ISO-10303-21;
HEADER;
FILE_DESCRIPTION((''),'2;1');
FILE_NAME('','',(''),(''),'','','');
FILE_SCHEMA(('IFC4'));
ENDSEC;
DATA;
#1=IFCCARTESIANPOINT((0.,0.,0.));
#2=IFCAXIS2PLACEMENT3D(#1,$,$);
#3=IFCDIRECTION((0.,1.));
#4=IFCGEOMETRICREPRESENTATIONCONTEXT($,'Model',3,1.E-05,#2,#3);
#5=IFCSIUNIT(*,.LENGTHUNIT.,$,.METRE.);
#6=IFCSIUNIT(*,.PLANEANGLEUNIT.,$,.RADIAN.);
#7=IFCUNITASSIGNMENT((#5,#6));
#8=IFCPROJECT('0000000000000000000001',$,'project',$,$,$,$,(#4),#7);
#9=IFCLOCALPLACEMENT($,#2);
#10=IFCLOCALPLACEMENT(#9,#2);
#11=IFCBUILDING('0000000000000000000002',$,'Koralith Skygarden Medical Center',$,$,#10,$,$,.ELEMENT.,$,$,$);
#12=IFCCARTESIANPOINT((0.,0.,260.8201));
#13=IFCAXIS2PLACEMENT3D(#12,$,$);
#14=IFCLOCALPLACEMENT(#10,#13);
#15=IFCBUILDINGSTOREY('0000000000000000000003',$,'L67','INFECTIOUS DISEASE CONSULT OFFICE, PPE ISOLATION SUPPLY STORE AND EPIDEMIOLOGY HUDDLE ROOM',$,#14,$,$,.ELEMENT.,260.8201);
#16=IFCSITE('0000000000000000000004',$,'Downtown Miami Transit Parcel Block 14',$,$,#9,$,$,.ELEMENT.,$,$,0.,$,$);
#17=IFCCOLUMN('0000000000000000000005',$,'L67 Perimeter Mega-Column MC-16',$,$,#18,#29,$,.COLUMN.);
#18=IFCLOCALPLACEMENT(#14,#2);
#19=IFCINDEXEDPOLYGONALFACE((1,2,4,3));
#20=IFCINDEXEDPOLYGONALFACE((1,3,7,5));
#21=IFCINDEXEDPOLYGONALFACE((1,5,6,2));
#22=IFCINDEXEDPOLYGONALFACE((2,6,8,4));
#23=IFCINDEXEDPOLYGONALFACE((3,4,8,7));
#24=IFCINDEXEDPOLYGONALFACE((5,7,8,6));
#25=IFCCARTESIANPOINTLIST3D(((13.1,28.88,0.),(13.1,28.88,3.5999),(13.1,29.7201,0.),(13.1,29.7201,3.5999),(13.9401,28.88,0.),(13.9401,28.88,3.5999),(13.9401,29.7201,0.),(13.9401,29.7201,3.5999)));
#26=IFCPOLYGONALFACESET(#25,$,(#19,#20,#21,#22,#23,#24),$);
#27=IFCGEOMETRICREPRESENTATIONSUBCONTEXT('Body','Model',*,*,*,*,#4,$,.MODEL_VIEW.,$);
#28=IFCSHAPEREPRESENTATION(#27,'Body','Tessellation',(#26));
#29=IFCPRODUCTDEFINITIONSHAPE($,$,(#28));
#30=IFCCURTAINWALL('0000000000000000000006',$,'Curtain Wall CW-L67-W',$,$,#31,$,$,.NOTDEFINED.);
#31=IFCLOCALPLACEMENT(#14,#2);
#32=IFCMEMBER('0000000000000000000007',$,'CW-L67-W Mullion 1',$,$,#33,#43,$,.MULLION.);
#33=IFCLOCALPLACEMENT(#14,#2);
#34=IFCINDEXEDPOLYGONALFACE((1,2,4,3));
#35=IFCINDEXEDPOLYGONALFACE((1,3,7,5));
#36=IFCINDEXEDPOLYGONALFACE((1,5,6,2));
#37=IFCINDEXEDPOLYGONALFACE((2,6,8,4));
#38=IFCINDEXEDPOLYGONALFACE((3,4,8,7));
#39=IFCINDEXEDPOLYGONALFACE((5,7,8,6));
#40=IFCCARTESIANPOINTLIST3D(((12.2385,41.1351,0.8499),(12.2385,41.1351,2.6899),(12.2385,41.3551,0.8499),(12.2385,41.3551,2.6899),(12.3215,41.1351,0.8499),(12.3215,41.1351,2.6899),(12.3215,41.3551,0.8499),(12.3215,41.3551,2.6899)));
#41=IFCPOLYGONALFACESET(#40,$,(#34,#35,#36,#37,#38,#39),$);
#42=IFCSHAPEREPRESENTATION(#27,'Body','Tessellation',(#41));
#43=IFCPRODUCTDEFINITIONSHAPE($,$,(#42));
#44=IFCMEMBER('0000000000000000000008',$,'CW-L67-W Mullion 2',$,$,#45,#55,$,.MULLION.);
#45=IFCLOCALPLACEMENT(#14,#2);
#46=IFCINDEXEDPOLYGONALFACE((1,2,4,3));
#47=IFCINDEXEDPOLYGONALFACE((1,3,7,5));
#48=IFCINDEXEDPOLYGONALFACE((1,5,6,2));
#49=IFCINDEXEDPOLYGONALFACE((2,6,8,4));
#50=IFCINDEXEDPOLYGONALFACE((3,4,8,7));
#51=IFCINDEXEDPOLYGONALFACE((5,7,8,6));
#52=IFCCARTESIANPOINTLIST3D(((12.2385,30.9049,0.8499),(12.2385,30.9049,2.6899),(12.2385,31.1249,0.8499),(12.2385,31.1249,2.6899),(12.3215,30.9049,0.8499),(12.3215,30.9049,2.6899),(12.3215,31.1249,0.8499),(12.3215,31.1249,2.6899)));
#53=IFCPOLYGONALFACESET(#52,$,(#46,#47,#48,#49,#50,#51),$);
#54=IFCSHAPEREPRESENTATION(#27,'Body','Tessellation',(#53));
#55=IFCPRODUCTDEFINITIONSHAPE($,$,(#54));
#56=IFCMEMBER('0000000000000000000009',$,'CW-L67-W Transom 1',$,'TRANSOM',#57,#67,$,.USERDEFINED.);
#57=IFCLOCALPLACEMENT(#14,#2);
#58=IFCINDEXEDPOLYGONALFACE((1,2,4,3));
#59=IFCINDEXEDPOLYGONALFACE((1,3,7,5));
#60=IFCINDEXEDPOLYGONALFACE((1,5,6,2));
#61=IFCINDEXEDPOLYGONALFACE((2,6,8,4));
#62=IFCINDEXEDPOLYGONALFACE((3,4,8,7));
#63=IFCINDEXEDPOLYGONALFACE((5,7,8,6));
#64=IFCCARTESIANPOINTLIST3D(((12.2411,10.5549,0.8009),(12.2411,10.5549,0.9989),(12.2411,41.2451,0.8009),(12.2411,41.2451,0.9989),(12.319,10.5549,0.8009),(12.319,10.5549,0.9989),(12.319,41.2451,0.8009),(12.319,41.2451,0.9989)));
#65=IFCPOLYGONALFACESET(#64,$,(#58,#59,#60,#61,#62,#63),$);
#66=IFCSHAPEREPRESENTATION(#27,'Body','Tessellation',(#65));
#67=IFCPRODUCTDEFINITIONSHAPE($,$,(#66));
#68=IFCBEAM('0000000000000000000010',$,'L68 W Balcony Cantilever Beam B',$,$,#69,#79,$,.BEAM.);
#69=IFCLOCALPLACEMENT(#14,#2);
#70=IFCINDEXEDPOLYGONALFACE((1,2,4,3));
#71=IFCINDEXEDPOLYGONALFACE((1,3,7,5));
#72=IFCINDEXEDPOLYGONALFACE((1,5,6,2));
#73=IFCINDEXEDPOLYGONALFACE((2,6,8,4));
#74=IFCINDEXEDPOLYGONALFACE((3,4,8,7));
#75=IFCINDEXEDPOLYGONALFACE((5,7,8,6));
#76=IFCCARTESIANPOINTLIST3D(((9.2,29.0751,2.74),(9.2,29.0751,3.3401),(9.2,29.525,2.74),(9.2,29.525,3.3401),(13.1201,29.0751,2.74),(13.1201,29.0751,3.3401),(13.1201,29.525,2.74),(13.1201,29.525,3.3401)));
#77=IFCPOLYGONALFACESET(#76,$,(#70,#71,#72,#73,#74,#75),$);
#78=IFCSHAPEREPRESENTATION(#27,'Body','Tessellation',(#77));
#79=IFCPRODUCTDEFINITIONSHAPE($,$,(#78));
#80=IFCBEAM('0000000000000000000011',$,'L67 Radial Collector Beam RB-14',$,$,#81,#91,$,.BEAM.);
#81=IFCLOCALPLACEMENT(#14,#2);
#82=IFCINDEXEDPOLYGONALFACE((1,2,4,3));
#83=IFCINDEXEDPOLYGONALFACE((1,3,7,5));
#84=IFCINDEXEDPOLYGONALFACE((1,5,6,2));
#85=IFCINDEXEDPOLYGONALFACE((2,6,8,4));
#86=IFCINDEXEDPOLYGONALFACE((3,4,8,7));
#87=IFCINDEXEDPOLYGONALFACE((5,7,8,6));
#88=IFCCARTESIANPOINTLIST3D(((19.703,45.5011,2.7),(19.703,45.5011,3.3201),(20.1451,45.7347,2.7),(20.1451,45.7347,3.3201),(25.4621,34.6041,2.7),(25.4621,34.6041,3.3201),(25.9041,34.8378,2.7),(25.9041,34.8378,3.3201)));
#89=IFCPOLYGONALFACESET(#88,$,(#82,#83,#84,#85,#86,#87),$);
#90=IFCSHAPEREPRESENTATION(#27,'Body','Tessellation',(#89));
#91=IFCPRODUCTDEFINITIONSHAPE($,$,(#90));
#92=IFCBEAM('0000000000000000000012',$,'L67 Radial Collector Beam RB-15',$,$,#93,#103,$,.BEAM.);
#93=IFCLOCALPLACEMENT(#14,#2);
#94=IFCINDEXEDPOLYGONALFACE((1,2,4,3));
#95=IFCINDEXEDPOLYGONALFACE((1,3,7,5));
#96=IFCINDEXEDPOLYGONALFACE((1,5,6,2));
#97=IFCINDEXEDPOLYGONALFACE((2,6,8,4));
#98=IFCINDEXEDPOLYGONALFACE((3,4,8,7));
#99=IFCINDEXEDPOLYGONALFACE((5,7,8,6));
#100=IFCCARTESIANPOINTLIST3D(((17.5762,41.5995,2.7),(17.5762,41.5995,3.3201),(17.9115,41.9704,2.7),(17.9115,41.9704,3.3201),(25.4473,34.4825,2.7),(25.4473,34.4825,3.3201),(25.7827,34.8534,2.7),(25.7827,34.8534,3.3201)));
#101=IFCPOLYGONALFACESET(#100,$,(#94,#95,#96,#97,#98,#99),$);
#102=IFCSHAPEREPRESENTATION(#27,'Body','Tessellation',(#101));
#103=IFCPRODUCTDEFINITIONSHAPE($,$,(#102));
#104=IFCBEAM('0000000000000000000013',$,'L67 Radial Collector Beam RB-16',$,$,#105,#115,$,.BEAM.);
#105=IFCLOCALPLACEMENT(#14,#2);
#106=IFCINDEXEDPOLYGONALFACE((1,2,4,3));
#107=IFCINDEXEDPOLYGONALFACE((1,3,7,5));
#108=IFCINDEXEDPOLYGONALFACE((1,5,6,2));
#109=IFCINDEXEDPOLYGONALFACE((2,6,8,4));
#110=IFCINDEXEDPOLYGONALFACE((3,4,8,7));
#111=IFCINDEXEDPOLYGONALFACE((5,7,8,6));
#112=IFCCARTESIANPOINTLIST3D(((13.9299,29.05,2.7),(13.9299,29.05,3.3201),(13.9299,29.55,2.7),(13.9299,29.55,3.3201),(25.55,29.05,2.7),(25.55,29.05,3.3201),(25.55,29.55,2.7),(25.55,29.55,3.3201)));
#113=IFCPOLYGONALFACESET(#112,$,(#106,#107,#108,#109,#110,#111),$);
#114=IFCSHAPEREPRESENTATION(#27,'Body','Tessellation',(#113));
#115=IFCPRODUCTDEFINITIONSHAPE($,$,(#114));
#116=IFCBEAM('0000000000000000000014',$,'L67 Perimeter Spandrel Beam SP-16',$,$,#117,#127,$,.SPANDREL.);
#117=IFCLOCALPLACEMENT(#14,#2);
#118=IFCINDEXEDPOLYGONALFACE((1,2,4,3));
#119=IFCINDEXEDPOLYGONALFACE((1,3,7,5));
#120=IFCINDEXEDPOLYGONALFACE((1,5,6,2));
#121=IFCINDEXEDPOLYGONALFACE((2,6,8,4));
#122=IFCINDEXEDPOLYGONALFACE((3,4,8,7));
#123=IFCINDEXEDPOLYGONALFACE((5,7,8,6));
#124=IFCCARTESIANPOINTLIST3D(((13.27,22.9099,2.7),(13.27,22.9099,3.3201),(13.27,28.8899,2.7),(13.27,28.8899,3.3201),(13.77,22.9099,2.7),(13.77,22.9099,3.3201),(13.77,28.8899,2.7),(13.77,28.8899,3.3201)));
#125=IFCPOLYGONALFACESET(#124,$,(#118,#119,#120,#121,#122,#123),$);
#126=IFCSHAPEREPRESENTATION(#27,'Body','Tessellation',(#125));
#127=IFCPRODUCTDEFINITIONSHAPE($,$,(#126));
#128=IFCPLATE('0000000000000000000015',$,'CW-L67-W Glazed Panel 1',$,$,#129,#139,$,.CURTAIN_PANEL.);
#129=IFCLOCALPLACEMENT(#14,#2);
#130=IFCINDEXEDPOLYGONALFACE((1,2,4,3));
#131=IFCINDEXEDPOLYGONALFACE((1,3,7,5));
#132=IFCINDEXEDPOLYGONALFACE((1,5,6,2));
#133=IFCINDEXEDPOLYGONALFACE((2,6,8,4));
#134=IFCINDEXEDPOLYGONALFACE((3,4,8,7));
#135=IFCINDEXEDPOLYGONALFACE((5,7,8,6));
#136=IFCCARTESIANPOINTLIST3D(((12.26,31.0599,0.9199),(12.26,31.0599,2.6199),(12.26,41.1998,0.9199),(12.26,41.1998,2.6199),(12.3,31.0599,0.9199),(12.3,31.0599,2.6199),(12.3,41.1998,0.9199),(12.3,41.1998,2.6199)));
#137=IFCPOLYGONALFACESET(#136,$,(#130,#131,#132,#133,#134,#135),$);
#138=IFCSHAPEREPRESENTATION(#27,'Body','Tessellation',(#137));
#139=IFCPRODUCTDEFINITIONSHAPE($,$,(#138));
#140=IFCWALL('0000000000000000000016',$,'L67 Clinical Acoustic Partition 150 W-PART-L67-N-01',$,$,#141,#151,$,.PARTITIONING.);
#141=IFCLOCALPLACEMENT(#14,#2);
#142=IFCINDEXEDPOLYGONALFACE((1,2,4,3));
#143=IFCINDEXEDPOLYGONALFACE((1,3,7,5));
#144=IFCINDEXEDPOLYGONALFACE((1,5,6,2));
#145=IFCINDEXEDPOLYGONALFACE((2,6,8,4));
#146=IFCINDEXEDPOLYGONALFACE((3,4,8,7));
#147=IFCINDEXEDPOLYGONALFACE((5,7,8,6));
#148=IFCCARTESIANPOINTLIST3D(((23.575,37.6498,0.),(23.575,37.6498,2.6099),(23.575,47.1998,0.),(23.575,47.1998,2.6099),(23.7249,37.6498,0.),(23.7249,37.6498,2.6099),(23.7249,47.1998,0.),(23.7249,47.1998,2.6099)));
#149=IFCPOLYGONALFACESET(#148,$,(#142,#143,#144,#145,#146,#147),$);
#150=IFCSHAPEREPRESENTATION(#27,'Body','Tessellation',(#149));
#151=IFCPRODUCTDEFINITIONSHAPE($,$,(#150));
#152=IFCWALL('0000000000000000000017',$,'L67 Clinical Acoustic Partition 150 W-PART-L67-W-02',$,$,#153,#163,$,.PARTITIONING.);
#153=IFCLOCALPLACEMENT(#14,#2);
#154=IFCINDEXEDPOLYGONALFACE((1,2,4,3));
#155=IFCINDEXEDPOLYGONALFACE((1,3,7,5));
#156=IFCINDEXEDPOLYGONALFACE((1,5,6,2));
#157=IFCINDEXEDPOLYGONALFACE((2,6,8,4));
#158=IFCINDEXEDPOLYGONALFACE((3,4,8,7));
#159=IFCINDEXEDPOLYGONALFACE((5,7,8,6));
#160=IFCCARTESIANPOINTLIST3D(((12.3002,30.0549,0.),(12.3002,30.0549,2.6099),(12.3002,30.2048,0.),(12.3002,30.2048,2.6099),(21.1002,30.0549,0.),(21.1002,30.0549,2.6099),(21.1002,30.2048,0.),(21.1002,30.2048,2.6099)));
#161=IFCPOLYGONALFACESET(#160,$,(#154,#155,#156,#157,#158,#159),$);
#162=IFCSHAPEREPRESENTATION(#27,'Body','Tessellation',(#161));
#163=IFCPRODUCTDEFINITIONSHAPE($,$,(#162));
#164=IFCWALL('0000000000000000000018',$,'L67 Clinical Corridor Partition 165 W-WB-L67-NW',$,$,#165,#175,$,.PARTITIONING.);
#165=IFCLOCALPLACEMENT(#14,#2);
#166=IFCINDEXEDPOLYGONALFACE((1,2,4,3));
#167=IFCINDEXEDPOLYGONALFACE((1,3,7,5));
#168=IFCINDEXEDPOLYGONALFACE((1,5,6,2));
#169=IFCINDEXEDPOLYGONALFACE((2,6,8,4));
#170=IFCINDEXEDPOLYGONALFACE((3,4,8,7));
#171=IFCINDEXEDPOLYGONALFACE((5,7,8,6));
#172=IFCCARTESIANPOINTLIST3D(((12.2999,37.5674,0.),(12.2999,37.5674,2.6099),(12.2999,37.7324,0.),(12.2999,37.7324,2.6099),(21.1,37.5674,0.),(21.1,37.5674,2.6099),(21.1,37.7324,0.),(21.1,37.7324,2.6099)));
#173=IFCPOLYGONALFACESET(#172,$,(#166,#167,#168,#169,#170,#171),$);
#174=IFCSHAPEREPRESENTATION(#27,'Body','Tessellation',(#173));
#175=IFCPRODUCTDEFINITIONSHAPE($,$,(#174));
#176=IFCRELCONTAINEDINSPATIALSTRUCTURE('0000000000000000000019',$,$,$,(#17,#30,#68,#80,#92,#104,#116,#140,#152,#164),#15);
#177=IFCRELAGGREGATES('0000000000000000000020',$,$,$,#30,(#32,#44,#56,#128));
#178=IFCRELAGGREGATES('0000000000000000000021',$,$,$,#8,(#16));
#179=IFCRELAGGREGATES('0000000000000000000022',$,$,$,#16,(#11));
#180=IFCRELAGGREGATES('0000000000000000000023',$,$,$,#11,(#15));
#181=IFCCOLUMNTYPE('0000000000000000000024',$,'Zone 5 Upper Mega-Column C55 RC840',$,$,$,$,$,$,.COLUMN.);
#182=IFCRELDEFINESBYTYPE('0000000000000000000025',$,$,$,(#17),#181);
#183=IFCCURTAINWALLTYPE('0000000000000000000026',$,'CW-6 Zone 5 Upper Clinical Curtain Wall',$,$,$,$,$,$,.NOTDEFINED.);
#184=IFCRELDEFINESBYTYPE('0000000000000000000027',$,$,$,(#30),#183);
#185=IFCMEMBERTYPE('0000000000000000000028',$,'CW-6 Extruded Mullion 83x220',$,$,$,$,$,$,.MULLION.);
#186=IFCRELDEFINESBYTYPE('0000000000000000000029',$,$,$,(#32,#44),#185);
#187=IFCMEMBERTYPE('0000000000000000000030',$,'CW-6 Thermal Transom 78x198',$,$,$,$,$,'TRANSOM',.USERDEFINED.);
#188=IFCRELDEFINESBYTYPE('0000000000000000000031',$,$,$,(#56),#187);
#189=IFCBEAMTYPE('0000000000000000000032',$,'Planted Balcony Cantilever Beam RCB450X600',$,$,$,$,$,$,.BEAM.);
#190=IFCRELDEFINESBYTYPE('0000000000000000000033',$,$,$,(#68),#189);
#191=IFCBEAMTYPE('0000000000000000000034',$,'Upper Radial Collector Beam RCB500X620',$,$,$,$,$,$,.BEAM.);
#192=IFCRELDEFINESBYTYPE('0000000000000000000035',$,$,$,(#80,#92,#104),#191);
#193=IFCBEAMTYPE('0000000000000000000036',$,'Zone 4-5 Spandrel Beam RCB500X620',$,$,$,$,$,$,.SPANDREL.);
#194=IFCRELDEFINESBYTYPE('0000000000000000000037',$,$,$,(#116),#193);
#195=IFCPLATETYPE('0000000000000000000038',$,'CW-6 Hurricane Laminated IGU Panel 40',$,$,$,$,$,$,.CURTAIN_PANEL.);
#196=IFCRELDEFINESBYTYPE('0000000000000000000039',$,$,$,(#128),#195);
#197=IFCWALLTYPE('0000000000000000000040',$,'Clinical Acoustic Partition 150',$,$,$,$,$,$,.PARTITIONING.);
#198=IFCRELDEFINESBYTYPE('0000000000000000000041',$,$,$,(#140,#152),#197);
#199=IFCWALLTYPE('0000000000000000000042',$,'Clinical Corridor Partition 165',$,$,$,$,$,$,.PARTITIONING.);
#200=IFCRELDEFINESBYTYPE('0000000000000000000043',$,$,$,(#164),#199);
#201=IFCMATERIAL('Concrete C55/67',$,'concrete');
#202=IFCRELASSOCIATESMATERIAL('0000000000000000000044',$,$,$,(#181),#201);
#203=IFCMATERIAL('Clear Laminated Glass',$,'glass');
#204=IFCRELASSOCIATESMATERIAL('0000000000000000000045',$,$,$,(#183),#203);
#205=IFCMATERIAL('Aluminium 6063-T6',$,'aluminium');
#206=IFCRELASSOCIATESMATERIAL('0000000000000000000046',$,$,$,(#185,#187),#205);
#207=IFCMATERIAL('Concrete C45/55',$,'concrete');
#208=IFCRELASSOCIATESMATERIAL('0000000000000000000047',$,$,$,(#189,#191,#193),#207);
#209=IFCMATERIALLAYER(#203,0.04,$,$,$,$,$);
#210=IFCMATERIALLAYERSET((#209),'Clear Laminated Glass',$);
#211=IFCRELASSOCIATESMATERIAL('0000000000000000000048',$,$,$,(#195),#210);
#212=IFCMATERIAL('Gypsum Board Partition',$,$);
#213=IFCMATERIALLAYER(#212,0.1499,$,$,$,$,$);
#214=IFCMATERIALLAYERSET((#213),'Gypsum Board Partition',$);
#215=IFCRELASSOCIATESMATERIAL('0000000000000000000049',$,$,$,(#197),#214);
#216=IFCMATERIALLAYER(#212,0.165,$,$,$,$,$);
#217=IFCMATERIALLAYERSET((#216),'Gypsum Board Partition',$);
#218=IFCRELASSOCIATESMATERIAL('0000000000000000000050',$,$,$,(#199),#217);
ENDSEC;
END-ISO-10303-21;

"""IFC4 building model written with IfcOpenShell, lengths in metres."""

from ifc_helpers import new_model, si_unit, direction, frame, frame_2d, origin, origin_2d, place, context, subcontext, project, spatial, rectangle, extrude, material, layer, layer_set, material_profile, profile_set, type_object, element, aggregate, save


model = new_model("IFC4")

# Units and contexts
model_context = context("Model", 3, precision=1e-05, world=origin(), true_north=direction((0.0, 1.0)))
body_context = subcontext(model_context, "Body", "Model", "MODEL_VIEW")
ifc_project = project(units=[si_unit("LENGTHUNIT", "METRE"), si_unit("PLANEANGLEUNIT", "RADIAN")], contexts=[model_context])

# Site, building, storey
site_placement = place(None, origin())
site = spatial("IfcSite", under=ifc_project, at=site_placement, Name="Downtown Miami Transit Parcel Block 14", CompositionType="ELEMENT", RefElevation=0.0)
building_placement = place(site_placement, origin())
building = spatial("IfcBuilding", under=site, at=building_placement, Name="Koralith Skygarden Medical Center", CompositionType="ELEMENT")
storey_placement = place(building_placement, frame((0.0, 0.0, 260.8201)))
storey = spatial("IfcBuildingStorey", under=building, at=storey_placement, Name="L67", Description="INFECTIOUS DISEASE CONSULT OFFICE, PPE ISOLATION SUPPLY STORE AND EPIDEMIOLOGY HUDDLE ROOM", CompositionType="ELEMENT", Elevation=260.8201)

# Column
ifc_material_1 = material(Name="Concrete C55/67", Category="concrete")
ifc_material_profile_1 = material_profile(ifc_material_1, rectangle(XDim=0.8401, YDim=0.8401, at=origin_2d()), Name="RC840X840")
ifc_profile_set_1 = profile_set([ifc_material_profile_1], Name="Concrete C55/67")
column_type = type_object("IfcColumnType", Name="Zone 5 Upper Mega-Column C55 RC840", PredefinedType="COLUMN", material=ifc_profile_set_1)
column_placement = place(storey_placement, frame((13.52, 29.3, 0.0), z_axis=(0.0, 0.0, 1.0), x_axis=(1.0, 0.0, 0.0)))
element("IfcColumn", 1, at=column_placement, inside=storey, type_object=column_type, Name="L67 Perimeter Mega-Column MC-16", PredefinedType="COLUMN", context=body_context, shape_type="SweptSolid", body=[
    extrude(rectangle(XDim=0.8401, YDim=0.8401, at=origin_2d()), origin(), (0.0, 0.0, 1.0), 3.5999),
])

# Curtain wall, members
ifc_material_2 = material(Name="Clear Laminated Glass", Category="glass")
curtain_wall_type = type_object("IfcCurtainWallType", Name="CW-6 Zone 5 Upper Clinical Curtain Wall", PredefinedType="NOTDEFINED", material=ifc_material_2)
curtain_wall_placement = place(storey_placement, origin())
curtain_wall = element("IfcCurtainWall", 2, at=curtain_wall_placement, inside=storey, type_object=curtain_wall_type, Name="Curtain Wall CW-L67-W", PredefinedType="NOTDEFINED")
ifc_material_3 = material(Name="Aluminium 6063-T6", Category="aluminium")
ifc_material_profile_2 = material_profile(ifc_material_3, rectangle(XDim=0.083, YDim=0.22, at=origin_2d()), Name="MUL83X220")
ifc_profile_set_2 = profile_set([ifc_material_profile_2], Name="Aluminium 6063-T6")
member_type_1 = type_object("IfcMemberType", Name="CW-6 Extruded Mullion 83x220", PredefinedType="MULLION", material=ifc_profile_set_2)
member_1_placement = place(storey_placement, frame((12.28, 41.2451, 0.8499), z_axis=(0.0, 0.0, 1.0), x_axis=(1.0, 0.0, 0.0)))
member_1 = element("IfcMember", 3, at=member_1_placement, type_object=member_type_1, Name="CW-L67-W Mullion 1", PredefinedType="MULLION", context=body_context, shape_type="SweptSolid", body=[
    extrude(rectangle(XDim=0.083, YDim=0.22, at=origin_2d()), origin(), (0.0, 0.0, 1.0), 1.8401),
])
member_2_placement = place(storey_placement, frame((12.28, 31.0149, 0.8499), z_axis=(0.0, 0.0, 1.0), x_axis=(1.0, 0.0, 0.0)))
member_2 = element("IfcMember", 4, at=member_2_placement, type_object=member_type_1, Name="CW-L67-W Mullion 2", PredefinedType="MULLION", context=body_context, shape_type="SweptSolid", body=[
    extrude(rectangle(XDim=0.083, YDim=0.22, at=origin_2d()), origin(), (0.0, 0.0, 1.0), 1.8401),
])
ifc_material_profile_3 = material_profile(ifc_material_3, rectangle(XDim=0.0779, YDim=0.198, at=origin_2d()), Name="TRN78X198")
ifc_profile_set_3 = profile_set([ifc_material_profile_3], Name="Aluminium 6063-T6")
member_type_2 = type_object("IfcMemberType", Name="CW-6 Thermal Transom 78x198", ElementType="TRANSOM", PredefinedType="USERDEFINED", material=ifc_profile_set_3)
member_3_placement = place(storey_placement, frame((12.28, 41.2451, 0.8999), z_axis=(0.0, -1.0, 0.0), x_axis=(1.0, 0.0, 0.0)))
member_3 = element("IfcMember", 5, at=member_3_placement, type_object=member_type_2, Name="CW-L67-W Transom 1", ObjectType="TRANSOM", PredefinedType="USERDEFINED", context=body_context, shape_type="SweptSolid", body=[
    extrude(rectangle(XDim=0.0779, YDim=0.198, at=origin_2d()), origin(), (0.0, 0.0, 1.0), 30.6902),
])

# Beams
ifc_material_4 = material(Name="Concrete C45/55", Category="concrete")
ifc_material_profile_4 = material_profile(ifc_material_4, rectangle(XDim=0.45, YDim=0.6001, at=origin_2d()), Name="RCB450X600")
ifc_profile_set_4 = profile_set([ifc_material_profile_4], Name="Concrete C45/55")
beam_type_1 = type_object("IfcBeamType", Name="Planted Balcony Cantilever Beam RCB450X600", PredefinedType="BEAM", material=ifc_profile_set_4)
beam_1_placement = place(storey_placement, frame((13.1201, 29.3, 3.04), z_axis=(-1.0, 0.0, 0.0), x_axis=(0.0, -1.0, 0.0)))
element("IfcBeam", 6, at=beam_1_placement, inside=storey, type_object=beam_type_1, Name="L68 W Balcony Cantilever Beam B", PredefinedType="BEAM", context=body_context, shape_type="SweptSolid", body=[
    extrude(rectangle(XDim=0.45, YDim=0.6001, at=origin_2d()), origin(), (0.0, 0.0, 1.0), 3.9202),
])
ifc_material_profile_5 = material_profile(ifc_material_4, rectangle(XDim=0.5, YDim=0.6201, at=origin_2d()), Name="RCB500X620")
ifc_profile_set_5 = profile_set([ifc_material_profile_5], Name="Concrete C45/55")
beam_type_2 = type_object("IfcBeamType", Name="Upper Radial Collector Beam RCB500X620", PredefinedType="BEAM", material=ifc_profile_set_5)
beam_2_placement = place(storey_placement, frame((25.6831, 34.7209, 3.01), z_axis=(-0.467257, 0.884122, 0.0), x_axis=(-0.884122, -0.467257, 0.0)))
element("IfcBeam", 7, at=beam_2_placement, inside=storey, type_object=beam_type_2, Name="L67 Radial Collector Beam RB-14", PredefinedType="BEAM", context=body_context, shape_type="SweptSolid", body=[
    extrude(rectangle(XDim=0.5, YDim=0.6201, at=origin_2d()), origin(), (0.0, 0.0, 1.0), 12.3252),
])
beam_3_placement = place(storey_placement, frame((25.615, 34.668, 3.01), z_axis=(-0.741748, 0.670679, 0.0), x_axis=(-0.670679, -0.741748, 0.0)))
element("IfcBeam", 8, at=beam_3_placement, inside=storey, type_object=beam_type_2, Name="L67 Radial Collector Beam RB-15", PredefinedType="BEAM", context=body_context, shape_type="SweptSolid", body=[
    extrude(rectangle(XDim=0.5, YDim=0.6201, at=origin_2d()), origin(), (0.0, 0.0, 1.0), 10.6116),
])
beam_4_placement = place(storey_placement, frame((25.55, 29.3, 3.01), z_axis=(-1.0, 0.0, 0.0), x_axis=(0.0, -1.0, 0.0)))
element("IfcBeam", 9, at=beam_4_placement, inside=storey, type_object=beam_type_2, Name="L67 Radial Collector Beam RB-16", PredefinedType="BEAM", context=body_context, shape_type="SweptSolid", body=[
    extrude(rectangle(XDim=0.5, YDim=0.6201, at=origin_2d()), origin(), (0.0, 0.0, 1.0), 11.6201),
])
ifc_material_profile_6 = material_profile(ifc_material_4, rectangle(XDim=0.5, YDim=0.6201, at=origin_2d()), Name="RCB500X620")
ifc_profile_set_6 = profile_set([ifc_material_profile_6], Name="Concrete C45/55")
beam_type_3 = type_object("IfcBeamType", Name="Zone 4-5 Spandrel Beam RCB500X620", PredefinedType="SPANDREL", material=ifc_profile_set_6)
beam_5_placement = place(storey_placement, frame((13.52, 28.8899, 3.01), z_axis=(0.0, -1.0, 0.0), x_axis=(1.0, 0.0, 0.0)))
element("IfcBeam", 10, at=beam_5_placement, inside=storey, type_object=beam_type_3, Name="L67 Perimeter Spandrel Beam SP-16", PredefinedType="SPANDREL", context=body_context, shape_type="SweptSolid", body=[
    extrude(rectangle(XDim=0.5, YDim=0.6201, at=origin_2d()), origin(), (0.0, 0.0, 1.0), 5.98),
])

# Plate
ifc_layer_1 = layer(ifc_material_2, 0.04)
ifc_layer_set_1 = layer_set([ifc_layer_1], Name="Clear Laminated Glass")
plate_type = type_object("IfcPlateType", Name="CW-6 Hurricane Laminated IGU Panel 40", PredefinedType="CURTAIN_PANEL", material=ifc_layer_set_1)
plate_placement = place(storey_placement, frame((12.28, 36.1299, 0.9199), z_axis=(0.0, 0.0, 1.0), x_axis=(0.0, -1.0, 0.0)))
plate = element("IfcPlate", 11, at=plate_placement, type_object=plate_type, Name="CW-L67-W Glazed Panel 1", PredefinedType="CURTAIN_PANEL", context=body_context, shape_type="SweptSolid", body=[
    extrude(rectangle(XDim=10.1399, YDim=0.04, at=origin_2d()), origin(), (0.0, 0.0, 1.0), 1.7),
])
aggregate(curtain_wall, [member_1, member_2, member_3, plate])

# Walls
ifc_material_5 = material(Name="Gypsum Board Partition")
ifc_layer_2 = layer(ifc_material_5, 0.1499)
ifc_layer_set_2 = layer_set([ifc_layer_2], Name="Gypsum Board Partition")
wall_type_1 = type_object("IfcWallType", Name="Clinical Acoustic Partition 150", PredefinedType="PARTITIONING", material=ifc_layer_set_2)
wall_1_placement = place(storey_placement, frame((23.6499, 37.6499, 0.0), z_axis=(0.0, 0.0, 1.0), x_axis=(0.0, 1.0, 0.0)))
element("IfcWall", 12, at=wall_1_placement, inside=storey, type_object=wall_type_1, Name="L67 Clinical Acoustic Partition 150 W-PART-L67-N-01", PredefinedType="PARTITIONING", context=body_context, shape_type="SweptSolid", body=[
    extrude(rectangle(XDim=9.55, YDim=0.1499, at=frame_2d((4.7749, 0.0))), origin(), (0.0, 0.0, 1.0), 2.6099),
])
wall_2_placement = place(storey_placement, frame((21.1001, 30.1299, 0.0), z_axis=(0.0, 0.0, 1.0), x_axis=(-1.0, 0.0, 0.0)))
element("IfcWall", 13, at=wall_2_placement, inside=storey, type_object=wall_type_1, Name="L67 Clinical Acoustic Partition 150 W-PART-L67-W-02", PredefinedType="PARTITIONING", context=body_context, shape_type="SweptSolid", body=[
    extrude(rectangle(XDim=8.8, YDim=0.1499, at=frame_2d((4.3999, 0.0))), origin(), (0.0, 0.0, 1.0), 2.6099),
])
ifc_layer_3 = layer(ifc_material_5, 0.165)
ifc_layer_set_3 = layer_set([ifc_layer_3], Name="Gypsum Board Partition")
wall_type_2 = type_object("IfcWallType", Name="Clinical Corridor Partition 165", PredefinedType="PARTITIONING", material=ifc_layer_set_3)
wall_3_placement = place(storey_placement, frame((12.3, 37.6499, 0.0), z_axis=(0.0, 0.0, 1.0), x_axis=(1.0, 0.0, 0.0)))
element("IfcWall", 14, at=wall_3_placement, inside=storey, type_object=wall_type_2, Name="L67 Clinical Corridor Partition 165 W-WB-L67-NW", PredefinedType="PARTITIONING", context=body_context, shape_type="SweptSolid", body=[
    extrude(rectangle(XDim=8.8, YDim=0.165, at=frame_2d((4.3999, 0.0))), origin(), (0.0, 0.0, 1.0), 2.6099),
])

save(model, "model.ifc")
